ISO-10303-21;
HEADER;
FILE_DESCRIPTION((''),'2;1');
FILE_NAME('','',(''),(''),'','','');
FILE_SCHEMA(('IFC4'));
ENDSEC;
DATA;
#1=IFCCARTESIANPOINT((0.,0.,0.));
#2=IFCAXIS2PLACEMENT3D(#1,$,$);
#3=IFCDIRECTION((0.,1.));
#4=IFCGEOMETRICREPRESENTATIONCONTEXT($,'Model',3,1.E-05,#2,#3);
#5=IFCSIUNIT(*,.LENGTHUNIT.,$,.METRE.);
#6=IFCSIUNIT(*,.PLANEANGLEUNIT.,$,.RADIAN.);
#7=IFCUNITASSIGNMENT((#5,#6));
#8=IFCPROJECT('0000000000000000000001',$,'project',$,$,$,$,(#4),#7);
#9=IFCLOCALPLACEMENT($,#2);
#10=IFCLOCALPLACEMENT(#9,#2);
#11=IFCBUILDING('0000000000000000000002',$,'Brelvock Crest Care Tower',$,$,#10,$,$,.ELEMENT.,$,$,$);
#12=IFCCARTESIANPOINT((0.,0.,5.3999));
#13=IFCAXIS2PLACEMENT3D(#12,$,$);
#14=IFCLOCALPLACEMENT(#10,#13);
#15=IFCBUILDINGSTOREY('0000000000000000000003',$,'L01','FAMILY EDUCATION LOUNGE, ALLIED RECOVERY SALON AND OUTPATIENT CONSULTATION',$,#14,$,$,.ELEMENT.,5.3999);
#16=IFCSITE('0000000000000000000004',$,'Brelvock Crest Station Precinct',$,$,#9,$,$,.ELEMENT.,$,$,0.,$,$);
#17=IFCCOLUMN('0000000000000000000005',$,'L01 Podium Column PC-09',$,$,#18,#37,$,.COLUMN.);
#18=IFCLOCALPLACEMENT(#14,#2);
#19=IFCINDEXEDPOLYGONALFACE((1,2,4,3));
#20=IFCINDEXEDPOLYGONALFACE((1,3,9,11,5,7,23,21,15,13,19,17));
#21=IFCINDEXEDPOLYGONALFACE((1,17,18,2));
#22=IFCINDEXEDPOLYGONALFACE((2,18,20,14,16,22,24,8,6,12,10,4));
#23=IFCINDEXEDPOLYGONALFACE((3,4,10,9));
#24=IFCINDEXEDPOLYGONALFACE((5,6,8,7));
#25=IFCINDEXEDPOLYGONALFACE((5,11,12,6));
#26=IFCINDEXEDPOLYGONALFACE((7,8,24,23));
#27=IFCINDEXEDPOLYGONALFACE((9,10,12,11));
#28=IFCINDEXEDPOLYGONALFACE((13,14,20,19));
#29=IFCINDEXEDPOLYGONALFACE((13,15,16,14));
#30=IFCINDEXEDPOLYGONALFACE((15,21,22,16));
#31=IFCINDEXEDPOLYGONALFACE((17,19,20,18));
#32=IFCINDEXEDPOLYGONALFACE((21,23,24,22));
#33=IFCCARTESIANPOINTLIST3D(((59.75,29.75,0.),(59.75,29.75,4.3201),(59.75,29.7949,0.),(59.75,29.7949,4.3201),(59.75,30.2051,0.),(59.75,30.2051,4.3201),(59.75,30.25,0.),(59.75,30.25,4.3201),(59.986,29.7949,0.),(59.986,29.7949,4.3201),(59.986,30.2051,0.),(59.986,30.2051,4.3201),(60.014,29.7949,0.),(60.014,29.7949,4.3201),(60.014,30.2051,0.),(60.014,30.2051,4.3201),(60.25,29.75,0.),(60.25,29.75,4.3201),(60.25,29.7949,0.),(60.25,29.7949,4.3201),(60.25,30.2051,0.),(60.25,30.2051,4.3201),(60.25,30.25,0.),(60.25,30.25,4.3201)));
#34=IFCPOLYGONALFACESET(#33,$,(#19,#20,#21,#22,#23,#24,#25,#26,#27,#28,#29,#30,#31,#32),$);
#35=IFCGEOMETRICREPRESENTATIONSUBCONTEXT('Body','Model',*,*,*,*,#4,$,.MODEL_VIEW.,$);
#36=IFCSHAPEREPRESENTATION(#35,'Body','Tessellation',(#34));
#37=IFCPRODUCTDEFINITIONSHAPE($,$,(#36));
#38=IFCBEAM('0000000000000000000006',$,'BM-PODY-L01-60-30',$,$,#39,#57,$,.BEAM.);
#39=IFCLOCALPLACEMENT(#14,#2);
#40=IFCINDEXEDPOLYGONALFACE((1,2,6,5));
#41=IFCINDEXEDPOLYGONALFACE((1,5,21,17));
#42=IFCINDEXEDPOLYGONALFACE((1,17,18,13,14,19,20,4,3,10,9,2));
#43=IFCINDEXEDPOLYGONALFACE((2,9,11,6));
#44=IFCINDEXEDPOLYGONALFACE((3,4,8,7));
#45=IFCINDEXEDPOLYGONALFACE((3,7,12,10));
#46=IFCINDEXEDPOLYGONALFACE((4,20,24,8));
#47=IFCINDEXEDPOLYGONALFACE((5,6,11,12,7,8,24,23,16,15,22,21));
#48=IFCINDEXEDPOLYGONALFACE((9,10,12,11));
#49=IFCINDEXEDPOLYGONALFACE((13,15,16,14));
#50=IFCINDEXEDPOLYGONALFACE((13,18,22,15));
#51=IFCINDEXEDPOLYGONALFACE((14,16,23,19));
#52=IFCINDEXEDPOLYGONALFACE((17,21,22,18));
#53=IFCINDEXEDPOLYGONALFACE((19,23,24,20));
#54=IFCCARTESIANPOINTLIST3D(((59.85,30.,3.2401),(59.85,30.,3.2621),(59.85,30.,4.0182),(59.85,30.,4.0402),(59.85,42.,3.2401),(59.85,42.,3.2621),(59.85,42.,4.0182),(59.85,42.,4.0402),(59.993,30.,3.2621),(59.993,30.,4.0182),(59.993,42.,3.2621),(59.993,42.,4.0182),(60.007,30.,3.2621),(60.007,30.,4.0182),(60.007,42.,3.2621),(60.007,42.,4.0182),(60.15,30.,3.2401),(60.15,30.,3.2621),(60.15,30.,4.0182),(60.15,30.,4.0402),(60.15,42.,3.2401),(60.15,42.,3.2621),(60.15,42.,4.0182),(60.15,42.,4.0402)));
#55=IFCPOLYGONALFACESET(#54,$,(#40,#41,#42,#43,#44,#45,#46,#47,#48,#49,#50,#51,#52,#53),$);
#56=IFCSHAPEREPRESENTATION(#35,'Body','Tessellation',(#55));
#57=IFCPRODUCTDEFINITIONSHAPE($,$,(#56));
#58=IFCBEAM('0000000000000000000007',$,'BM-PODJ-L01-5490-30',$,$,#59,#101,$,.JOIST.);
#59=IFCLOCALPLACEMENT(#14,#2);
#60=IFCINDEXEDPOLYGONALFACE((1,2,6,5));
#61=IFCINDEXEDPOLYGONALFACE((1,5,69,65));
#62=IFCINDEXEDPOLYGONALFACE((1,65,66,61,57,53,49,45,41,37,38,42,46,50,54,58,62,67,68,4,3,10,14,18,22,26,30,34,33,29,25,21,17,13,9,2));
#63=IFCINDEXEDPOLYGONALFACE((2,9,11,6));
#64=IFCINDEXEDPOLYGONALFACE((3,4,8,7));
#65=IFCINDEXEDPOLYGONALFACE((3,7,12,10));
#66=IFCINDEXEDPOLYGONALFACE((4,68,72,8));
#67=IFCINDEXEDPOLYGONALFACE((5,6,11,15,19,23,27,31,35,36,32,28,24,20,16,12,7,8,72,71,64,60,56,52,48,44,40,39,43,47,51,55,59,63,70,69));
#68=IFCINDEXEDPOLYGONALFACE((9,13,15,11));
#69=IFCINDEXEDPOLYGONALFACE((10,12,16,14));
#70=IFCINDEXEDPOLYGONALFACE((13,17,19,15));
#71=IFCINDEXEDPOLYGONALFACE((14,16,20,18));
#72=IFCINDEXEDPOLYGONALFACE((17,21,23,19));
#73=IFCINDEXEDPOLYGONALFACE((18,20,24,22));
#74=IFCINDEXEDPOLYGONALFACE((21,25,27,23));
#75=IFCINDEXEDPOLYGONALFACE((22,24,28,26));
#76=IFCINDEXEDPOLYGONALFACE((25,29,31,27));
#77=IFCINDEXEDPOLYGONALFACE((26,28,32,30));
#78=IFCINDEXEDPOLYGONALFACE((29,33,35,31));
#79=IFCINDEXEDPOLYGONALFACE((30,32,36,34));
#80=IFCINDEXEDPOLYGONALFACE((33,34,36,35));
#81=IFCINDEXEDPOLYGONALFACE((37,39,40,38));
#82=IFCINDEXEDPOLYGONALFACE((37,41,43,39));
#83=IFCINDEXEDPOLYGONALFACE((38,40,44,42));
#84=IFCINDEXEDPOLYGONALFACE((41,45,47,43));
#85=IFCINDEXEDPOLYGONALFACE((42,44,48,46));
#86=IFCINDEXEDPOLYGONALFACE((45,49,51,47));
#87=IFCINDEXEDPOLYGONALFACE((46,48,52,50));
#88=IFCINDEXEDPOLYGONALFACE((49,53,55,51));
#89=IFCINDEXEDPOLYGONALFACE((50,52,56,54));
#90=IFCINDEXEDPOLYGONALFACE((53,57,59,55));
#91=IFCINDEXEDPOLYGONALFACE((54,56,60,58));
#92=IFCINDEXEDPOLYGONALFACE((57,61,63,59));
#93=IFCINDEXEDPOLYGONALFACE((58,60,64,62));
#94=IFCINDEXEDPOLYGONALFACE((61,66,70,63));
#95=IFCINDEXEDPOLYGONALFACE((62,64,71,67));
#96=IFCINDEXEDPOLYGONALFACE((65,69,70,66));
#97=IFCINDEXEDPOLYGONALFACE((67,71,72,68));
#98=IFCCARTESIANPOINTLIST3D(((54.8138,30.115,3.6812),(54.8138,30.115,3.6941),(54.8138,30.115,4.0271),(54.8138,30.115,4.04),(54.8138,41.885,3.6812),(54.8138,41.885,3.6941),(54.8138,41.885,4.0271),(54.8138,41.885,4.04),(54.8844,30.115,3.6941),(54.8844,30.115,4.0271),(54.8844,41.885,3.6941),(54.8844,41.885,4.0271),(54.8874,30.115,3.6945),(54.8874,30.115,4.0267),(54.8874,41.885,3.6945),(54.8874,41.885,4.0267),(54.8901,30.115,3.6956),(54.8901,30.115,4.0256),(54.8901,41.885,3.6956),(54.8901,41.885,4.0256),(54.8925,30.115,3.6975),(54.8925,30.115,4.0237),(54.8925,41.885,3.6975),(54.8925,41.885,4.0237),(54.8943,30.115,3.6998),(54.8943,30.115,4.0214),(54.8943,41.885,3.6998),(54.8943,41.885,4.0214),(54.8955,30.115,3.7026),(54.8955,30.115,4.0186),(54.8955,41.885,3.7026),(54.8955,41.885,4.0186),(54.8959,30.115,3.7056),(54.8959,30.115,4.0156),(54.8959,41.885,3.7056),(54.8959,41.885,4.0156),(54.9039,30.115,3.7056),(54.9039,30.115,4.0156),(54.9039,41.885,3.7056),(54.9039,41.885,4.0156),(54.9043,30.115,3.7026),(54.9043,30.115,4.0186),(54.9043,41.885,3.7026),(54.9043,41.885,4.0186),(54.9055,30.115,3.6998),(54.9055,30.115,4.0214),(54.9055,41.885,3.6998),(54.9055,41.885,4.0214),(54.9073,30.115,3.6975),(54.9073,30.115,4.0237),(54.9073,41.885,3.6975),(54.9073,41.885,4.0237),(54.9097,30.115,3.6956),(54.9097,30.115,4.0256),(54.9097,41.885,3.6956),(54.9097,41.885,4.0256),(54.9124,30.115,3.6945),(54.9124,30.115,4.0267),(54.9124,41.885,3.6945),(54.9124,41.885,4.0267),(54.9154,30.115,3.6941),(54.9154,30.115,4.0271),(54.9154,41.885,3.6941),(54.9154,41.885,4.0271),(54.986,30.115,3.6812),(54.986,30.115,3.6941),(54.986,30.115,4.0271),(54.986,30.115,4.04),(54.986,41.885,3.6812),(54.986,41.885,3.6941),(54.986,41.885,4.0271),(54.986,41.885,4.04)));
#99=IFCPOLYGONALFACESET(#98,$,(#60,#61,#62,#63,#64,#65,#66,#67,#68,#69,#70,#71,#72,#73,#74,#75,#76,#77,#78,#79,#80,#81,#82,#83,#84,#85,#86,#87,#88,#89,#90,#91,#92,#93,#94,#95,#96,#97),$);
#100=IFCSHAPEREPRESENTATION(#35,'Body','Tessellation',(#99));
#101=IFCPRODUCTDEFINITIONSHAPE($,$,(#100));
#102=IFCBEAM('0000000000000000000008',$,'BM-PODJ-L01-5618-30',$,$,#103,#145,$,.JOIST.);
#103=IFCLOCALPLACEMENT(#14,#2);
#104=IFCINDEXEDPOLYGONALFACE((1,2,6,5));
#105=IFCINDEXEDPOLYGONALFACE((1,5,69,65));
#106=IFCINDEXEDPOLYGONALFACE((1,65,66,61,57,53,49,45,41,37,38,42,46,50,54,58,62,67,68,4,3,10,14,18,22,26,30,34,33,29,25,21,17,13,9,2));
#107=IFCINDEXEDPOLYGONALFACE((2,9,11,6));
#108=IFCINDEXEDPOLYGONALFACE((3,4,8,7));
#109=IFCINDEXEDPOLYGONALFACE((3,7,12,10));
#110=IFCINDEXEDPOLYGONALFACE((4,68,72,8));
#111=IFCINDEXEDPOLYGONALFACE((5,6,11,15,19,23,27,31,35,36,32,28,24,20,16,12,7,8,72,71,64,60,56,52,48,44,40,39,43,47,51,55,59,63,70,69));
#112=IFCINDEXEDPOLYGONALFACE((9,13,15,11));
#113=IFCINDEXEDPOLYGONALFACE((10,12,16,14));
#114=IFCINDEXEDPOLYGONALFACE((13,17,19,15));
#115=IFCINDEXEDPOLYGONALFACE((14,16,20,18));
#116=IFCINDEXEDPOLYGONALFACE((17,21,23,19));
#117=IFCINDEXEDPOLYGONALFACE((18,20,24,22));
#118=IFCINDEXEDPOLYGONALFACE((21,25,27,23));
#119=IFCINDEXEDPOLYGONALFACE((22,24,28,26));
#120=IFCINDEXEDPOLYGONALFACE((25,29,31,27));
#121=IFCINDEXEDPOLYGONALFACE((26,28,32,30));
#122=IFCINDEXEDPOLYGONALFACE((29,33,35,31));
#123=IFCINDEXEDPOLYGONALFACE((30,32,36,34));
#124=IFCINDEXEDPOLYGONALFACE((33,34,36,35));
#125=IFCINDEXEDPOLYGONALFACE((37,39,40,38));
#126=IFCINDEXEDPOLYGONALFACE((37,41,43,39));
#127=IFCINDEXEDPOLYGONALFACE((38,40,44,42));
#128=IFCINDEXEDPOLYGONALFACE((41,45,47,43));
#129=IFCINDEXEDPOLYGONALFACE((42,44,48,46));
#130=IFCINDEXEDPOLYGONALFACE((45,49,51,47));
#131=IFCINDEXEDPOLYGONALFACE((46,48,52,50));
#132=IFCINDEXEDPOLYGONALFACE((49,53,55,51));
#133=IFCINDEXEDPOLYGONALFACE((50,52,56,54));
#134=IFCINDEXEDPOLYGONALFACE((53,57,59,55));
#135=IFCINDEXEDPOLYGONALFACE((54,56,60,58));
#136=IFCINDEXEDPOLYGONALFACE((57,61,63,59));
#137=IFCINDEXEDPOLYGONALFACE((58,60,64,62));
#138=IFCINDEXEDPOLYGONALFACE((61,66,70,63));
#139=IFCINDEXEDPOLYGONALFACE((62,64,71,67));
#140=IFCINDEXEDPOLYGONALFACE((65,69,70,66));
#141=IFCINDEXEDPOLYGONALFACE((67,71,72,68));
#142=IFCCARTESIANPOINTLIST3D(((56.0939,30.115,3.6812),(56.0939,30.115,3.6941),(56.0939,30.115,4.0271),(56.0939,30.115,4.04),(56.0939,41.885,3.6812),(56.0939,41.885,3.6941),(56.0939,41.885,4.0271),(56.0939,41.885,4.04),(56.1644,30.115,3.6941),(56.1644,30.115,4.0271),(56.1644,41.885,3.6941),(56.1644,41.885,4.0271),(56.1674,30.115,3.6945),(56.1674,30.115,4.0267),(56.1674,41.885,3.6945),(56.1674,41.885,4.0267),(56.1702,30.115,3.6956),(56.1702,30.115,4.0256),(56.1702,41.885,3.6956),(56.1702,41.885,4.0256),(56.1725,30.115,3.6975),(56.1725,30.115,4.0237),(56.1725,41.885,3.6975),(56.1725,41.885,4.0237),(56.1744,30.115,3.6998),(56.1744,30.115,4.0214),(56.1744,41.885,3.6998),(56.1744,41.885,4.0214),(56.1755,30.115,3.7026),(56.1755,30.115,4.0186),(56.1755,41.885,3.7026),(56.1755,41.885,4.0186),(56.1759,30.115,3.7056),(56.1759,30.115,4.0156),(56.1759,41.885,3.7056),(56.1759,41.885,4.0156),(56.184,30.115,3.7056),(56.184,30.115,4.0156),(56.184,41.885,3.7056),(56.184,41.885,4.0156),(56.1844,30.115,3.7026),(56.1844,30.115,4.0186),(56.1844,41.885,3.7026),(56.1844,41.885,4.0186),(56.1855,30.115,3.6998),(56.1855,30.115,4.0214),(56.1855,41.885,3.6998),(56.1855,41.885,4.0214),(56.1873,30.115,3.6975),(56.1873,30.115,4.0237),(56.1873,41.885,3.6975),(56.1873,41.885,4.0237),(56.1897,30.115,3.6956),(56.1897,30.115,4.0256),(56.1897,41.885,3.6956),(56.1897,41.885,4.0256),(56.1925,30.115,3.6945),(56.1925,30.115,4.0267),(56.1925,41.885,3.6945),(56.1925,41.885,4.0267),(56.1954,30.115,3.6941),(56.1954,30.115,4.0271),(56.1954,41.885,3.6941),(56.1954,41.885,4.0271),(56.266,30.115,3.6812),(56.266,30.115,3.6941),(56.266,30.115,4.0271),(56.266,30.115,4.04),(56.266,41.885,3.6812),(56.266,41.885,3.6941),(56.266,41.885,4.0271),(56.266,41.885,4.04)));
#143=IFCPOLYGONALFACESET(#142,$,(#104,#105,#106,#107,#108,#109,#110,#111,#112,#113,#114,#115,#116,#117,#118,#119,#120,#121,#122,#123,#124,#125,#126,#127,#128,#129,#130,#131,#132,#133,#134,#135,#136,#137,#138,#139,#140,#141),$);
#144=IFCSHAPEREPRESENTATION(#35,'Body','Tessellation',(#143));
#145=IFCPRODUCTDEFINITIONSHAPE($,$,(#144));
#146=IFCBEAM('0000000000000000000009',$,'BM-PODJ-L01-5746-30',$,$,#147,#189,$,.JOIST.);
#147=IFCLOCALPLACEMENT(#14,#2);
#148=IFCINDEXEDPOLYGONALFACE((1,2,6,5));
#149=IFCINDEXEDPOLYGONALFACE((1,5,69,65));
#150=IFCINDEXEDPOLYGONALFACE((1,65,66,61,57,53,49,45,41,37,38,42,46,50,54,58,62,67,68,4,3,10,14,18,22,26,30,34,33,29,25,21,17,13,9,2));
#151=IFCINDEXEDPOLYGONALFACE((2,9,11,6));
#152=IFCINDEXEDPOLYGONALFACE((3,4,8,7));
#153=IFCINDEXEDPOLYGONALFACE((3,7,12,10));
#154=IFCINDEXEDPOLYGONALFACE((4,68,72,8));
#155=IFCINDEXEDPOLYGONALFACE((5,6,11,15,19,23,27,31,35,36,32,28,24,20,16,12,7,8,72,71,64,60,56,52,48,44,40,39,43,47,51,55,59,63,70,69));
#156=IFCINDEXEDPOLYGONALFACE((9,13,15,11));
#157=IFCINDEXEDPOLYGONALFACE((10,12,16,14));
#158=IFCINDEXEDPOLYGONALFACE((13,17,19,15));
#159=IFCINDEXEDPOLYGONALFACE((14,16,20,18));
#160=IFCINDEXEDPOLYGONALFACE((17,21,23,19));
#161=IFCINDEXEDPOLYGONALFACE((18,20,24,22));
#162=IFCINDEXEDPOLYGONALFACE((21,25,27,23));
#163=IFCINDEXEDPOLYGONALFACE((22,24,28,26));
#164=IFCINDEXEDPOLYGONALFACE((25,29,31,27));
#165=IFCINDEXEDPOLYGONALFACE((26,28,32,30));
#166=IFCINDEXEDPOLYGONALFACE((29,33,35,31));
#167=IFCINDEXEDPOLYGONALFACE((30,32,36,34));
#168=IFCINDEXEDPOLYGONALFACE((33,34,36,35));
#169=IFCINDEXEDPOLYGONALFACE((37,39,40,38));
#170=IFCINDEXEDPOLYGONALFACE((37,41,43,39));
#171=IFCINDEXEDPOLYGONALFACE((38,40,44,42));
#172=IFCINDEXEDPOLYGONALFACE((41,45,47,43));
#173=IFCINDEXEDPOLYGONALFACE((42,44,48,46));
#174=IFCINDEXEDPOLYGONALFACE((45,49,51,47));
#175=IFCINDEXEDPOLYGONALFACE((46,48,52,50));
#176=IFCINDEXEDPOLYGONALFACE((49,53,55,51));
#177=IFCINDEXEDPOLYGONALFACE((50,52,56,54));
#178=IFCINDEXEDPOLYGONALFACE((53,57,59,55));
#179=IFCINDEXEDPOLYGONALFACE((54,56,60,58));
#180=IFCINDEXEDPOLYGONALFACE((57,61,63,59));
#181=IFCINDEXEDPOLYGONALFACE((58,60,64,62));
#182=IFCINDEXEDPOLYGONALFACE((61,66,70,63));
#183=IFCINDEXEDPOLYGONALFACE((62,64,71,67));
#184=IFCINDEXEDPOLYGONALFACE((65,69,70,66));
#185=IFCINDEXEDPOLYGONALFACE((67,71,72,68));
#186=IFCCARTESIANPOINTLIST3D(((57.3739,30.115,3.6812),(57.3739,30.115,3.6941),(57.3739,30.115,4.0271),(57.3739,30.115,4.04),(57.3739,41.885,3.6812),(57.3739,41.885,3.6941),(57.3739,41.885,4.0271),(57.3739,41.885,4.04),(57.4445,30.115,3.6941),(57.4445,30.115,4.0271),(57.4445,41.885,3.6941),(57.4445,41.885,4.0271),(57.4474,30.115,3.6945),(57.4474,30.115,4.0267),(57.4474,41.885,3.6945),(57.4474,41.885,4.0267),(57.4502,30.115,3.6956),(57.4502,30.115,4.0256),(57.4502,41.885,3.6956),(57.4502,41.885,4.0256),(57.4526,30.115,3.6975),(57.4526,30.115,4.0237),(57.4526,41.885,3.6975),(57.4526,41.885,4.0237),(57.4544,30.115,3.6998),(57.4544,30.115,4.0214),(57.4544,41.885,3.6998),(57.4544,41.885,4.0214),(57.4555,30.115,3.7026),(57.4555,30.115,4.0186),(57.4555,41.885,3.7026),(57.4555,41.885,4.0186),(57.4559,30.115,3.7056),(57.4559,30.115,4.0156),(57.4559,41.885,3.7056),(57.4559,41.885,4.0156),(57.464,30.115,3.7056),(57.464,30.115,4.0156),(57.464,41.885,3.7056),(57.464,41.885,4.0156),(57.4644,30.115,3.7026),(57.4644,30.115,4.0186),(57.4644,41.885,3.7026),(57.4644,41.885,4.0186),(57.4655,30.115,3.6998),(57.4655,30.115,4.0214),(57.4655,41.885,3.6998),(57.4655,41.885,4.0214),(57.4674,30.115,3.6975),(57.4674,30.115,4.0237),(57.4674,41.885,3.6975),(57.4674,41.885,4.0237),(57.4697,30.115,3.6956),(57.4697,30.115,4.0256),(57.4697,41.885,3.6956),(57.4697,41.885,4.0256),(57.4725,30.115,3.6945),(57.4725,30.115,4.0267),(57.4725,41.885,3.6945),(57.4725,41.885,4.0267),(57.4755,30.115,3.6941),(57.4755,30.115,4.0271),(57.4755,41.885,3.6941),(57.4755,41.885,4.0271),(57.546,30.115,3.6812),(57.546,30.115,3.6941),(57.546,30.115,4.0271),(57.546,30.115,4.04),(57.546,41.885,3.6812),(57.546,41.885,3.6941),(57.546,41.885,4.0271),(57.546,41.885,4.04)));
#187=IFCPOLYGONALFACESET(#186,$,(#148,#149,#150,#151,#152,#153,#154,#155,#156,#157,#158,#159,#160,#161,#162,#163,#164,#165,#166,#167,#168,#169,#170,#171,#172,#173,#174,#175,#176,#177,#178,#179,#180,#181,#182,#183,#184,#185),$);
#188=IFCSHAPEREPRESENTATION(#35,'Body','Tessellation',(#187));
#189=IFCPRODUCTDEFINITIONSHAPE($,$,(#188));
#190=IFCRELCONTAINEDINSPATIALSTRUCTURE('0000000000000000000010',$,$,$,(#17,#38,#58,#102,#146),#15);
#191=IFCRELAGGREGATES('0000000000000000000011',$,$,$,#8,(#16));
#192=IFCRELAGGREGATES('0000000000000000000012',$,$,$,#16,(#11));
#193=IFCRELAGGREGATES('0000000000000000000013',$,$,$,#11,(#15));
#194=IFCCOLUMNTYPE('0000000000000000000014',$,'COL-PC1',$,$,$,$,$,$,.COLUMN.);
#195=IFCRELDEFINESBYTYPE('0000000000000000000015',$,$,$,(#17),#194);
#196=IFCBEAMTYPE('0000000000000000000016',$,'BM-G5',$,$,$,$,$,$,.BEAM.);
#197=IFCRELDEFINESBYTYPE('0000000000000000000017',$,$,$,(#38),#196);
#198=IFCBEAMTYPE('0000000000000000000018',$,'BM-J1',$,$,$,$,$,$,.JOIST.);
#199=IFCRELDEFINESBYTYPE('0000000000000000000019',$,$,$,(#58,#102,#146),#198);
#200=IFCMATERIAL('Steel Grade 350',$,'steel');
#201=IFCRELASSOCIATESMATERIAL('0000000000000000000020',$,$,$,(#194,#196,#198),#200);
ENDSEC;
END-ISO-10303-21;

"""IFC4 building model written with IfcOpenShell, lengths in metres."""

from ifc_helpers import new_model, si_unit, direction, frame, origin, origin_2d, place, context, subcontext, project, spatial, i_section, extrude, source, transform, mapped, material, material_profile, profile_set, type_object, element, save


model = new_model("IFC4")

# Units and contexts
model_context = context("Model", 3, precision=1e-05, world=origin(), true_north=direction((0.0, 1.0)))
body_context = subcontext(model_context, "Body", "Model", "MODEL_VIEW")
ifc_project = project(units=[si_unit("LENGTHUNIT", "METRE"), si_unit("PLANEANGLEUNIT", "RADIAN")], contexts=[model_context])

# Site, building, storey
site_placement = place(None, origin())
site = spatial("IfcSite", under=ifc_project, at=site_placement, Name="Brelvock Crest Station Precinct", CompositionType="ELEMENT", RefElevation=0.0)
building_placement = place(site_placement, origin())
building = spatial("IfcBuilding", under=site, at=building_placement, Name="Brelvock Crest Care Tower", CompositionType="ELEMENT")
storey_placement = place(building_placement, frame((0.0, 0.0, 5.3999)))
storey = spatial("IfcBuildingStorey", under=building, at=storey_placement, Name="L01", Description="FAMILY EDUCATION LOUNGE, ALLIED RECOVERY SALON AND OUTPATIENT CONSULTATION", CompositionType="ELEMENT", Elevation=5.3999)

# Column
ifc_material_1 = material(Name="Steel Grade 350", Category="steel")
ifc_material_profile_1 = material_profile(ifc_material_1, i_section(OverallWidth=0.5, OverallDepth=0.5, WebThickness=0.0281, FlangeThickness=0.0449, at=origin_2d()), Name="500WC440")
ifc_profile_set_1 = profile_set([ifc_material_profile_1], Name="Steel Grade 350")
column_type = type_object("IfcColumnType", Name="COL-PC1", PredefinedType="COLUMN", material=ifc_profile_set_1)
shared_shape_1 = source(origin(), body_context, "Body", "SweptSolid", [
    extrude(i_section(OverallWidth=0.5, OverallDepth=0.5, WebThickness=0.0281, FlangeThickness=0.0449, at=origin_2d()), origin(), (0.0, 0.0, 1.0), 4.3201),
])
column_placement = place(storey_placement, frame((60.0, 30.0, 0.0), z_axis=(0.0, 0.0, 1.0), x_axis=(1.0, 0.0, 0.0)))
element("IfcColumn", 1, at=column_placement, inside=storey, type_object=column_type, Name="L01 Podium Column PC-09", PredefinedType="COLUMN", context=body_context, shape_type="MappedRepresentation", body=[
    mapped(shared_shape_1, transform((0.0, 0.0, 0.0), x_axis=(1.0, 0.0, 0.0), y_axis=(0.0, 1.0, 0.0), z_axis=(0.0, 0.0, 1.0), scale=1.0)),
])

# Beams
ifc_material_profile_2 = material_profile(ifc_material_1, i_section(OverallWidth=0.3, OverallDepth=0.8, WebThickness=0.0139, FlangeThickness=0.022, at=origin_2d()), Name="800WB192")
ifc_profile_set_2 = profile_set([ifc_material_profile_2], Name="Steel Grade 350")
beam_type_1 = type_object("IfcBeamType", Name="BM-G5", PredefinedType="BEAM", material=ifc_profile_set_2)
shared_shape_2 = source(origin(), body_context, "Body", "SweptSolid", [
    extrude(i_section(OverallWidth=0.3, OverallDepth=0.8, WebThickness=0.0139, FlangeThickness=0.022, at=origin_2d()), origin(), (0.0, 0.0, 1.0), 12.0),
])
beam_placement = place(storey_placement, frame((60.0, 30.0, 3.6401), z_axis=(0.0, 1.0, 0.0), x_axis=(-1.0, 0.0, 0.0)))
element("IfcBeam", 2, at=beam_placement, inside=storey, type_object=beam_type_1, Name="BM-PODY-L01-60-30", PredefinedType="BEAM", context=body_context, shape_type="MappedRepresentation", body=[
    mapped(shared_shape_2, transform((0.0, 0.0, 0.0), x_axis=(1.0, 0.0, 0.0), y_axis=(0.0, 1.0, 0.0), z_axis=(0.0, 0.0, 1.0), scale=1.0)),
])
ifc_material_profile_3 = material_profile(ifc_material_1, i_section(OverallWidth=0.1721, OverallDepth=0.3589, WebThickness=0.0081, FlangeThickness=0.0129, FilletRadius=0.0115, at=origin_2d()), Name="360UB56.7")
ifc_profile_set_3 = profile_set([ifc_material_profile_3], Name="Steel Grade 350")
beam_type_2 = type_object("IfcBeamType", Name="BM-J1", PredefinedType="JOIST", material=ifc_profile_set_3)
shared_shape_3 = source(origin(), body_context, "Body", "SweptSolid", [
    extrude(i_section(OverallWidth=0.1721, OverallDepth=0.3589, WebThickness=0.0081, FlangeThickness=0.0129, FilletRadius=0.0115, at=origin_2d()), origin(), (0.0, 0.0, 1.0), 11.77),
])
for number, where, z_axis, x_axis, name in (
    (3, (54.8999, 30.115, 3.8606), (0.0, 1.0, 0.0), (-1.0, 0.0, 0.0), "BM-PODJ-L01-5490-30"),
    (4, (56.1799, 30.115, 3.8606), (0.0, 1.0, 0.0), (-1.0, 0.0, 0.0), "BM-PODJ-L01-5618-30"),
    (5, (57.46, 30.115, 3.8606), (0.0, 1.0, 0.0), (-1.0, 0.0, 0.0), "BM-PODJ-L01-5746-30"),
):
    element("IfcBeam", number, at=place(storey_placement, frame(where, z_axis=z_axis, x_axis=x_axis)), inside=storey, type_object=beam_type_2, Name=name, PredefinedType="JOIST", context=body_context, shape_type="MappedRepresentation", body=[
        mapped(shared_shape_3, transform((0.0, 0.0, 0.0), x_axis=(1.0, 0.0, 0.0), y_axis=(0.0, 1.0, 0.0), z_axis=(0.0, 0.0, 1.0), scale=1.0)),
    ])

save(model, "model.ifc")
